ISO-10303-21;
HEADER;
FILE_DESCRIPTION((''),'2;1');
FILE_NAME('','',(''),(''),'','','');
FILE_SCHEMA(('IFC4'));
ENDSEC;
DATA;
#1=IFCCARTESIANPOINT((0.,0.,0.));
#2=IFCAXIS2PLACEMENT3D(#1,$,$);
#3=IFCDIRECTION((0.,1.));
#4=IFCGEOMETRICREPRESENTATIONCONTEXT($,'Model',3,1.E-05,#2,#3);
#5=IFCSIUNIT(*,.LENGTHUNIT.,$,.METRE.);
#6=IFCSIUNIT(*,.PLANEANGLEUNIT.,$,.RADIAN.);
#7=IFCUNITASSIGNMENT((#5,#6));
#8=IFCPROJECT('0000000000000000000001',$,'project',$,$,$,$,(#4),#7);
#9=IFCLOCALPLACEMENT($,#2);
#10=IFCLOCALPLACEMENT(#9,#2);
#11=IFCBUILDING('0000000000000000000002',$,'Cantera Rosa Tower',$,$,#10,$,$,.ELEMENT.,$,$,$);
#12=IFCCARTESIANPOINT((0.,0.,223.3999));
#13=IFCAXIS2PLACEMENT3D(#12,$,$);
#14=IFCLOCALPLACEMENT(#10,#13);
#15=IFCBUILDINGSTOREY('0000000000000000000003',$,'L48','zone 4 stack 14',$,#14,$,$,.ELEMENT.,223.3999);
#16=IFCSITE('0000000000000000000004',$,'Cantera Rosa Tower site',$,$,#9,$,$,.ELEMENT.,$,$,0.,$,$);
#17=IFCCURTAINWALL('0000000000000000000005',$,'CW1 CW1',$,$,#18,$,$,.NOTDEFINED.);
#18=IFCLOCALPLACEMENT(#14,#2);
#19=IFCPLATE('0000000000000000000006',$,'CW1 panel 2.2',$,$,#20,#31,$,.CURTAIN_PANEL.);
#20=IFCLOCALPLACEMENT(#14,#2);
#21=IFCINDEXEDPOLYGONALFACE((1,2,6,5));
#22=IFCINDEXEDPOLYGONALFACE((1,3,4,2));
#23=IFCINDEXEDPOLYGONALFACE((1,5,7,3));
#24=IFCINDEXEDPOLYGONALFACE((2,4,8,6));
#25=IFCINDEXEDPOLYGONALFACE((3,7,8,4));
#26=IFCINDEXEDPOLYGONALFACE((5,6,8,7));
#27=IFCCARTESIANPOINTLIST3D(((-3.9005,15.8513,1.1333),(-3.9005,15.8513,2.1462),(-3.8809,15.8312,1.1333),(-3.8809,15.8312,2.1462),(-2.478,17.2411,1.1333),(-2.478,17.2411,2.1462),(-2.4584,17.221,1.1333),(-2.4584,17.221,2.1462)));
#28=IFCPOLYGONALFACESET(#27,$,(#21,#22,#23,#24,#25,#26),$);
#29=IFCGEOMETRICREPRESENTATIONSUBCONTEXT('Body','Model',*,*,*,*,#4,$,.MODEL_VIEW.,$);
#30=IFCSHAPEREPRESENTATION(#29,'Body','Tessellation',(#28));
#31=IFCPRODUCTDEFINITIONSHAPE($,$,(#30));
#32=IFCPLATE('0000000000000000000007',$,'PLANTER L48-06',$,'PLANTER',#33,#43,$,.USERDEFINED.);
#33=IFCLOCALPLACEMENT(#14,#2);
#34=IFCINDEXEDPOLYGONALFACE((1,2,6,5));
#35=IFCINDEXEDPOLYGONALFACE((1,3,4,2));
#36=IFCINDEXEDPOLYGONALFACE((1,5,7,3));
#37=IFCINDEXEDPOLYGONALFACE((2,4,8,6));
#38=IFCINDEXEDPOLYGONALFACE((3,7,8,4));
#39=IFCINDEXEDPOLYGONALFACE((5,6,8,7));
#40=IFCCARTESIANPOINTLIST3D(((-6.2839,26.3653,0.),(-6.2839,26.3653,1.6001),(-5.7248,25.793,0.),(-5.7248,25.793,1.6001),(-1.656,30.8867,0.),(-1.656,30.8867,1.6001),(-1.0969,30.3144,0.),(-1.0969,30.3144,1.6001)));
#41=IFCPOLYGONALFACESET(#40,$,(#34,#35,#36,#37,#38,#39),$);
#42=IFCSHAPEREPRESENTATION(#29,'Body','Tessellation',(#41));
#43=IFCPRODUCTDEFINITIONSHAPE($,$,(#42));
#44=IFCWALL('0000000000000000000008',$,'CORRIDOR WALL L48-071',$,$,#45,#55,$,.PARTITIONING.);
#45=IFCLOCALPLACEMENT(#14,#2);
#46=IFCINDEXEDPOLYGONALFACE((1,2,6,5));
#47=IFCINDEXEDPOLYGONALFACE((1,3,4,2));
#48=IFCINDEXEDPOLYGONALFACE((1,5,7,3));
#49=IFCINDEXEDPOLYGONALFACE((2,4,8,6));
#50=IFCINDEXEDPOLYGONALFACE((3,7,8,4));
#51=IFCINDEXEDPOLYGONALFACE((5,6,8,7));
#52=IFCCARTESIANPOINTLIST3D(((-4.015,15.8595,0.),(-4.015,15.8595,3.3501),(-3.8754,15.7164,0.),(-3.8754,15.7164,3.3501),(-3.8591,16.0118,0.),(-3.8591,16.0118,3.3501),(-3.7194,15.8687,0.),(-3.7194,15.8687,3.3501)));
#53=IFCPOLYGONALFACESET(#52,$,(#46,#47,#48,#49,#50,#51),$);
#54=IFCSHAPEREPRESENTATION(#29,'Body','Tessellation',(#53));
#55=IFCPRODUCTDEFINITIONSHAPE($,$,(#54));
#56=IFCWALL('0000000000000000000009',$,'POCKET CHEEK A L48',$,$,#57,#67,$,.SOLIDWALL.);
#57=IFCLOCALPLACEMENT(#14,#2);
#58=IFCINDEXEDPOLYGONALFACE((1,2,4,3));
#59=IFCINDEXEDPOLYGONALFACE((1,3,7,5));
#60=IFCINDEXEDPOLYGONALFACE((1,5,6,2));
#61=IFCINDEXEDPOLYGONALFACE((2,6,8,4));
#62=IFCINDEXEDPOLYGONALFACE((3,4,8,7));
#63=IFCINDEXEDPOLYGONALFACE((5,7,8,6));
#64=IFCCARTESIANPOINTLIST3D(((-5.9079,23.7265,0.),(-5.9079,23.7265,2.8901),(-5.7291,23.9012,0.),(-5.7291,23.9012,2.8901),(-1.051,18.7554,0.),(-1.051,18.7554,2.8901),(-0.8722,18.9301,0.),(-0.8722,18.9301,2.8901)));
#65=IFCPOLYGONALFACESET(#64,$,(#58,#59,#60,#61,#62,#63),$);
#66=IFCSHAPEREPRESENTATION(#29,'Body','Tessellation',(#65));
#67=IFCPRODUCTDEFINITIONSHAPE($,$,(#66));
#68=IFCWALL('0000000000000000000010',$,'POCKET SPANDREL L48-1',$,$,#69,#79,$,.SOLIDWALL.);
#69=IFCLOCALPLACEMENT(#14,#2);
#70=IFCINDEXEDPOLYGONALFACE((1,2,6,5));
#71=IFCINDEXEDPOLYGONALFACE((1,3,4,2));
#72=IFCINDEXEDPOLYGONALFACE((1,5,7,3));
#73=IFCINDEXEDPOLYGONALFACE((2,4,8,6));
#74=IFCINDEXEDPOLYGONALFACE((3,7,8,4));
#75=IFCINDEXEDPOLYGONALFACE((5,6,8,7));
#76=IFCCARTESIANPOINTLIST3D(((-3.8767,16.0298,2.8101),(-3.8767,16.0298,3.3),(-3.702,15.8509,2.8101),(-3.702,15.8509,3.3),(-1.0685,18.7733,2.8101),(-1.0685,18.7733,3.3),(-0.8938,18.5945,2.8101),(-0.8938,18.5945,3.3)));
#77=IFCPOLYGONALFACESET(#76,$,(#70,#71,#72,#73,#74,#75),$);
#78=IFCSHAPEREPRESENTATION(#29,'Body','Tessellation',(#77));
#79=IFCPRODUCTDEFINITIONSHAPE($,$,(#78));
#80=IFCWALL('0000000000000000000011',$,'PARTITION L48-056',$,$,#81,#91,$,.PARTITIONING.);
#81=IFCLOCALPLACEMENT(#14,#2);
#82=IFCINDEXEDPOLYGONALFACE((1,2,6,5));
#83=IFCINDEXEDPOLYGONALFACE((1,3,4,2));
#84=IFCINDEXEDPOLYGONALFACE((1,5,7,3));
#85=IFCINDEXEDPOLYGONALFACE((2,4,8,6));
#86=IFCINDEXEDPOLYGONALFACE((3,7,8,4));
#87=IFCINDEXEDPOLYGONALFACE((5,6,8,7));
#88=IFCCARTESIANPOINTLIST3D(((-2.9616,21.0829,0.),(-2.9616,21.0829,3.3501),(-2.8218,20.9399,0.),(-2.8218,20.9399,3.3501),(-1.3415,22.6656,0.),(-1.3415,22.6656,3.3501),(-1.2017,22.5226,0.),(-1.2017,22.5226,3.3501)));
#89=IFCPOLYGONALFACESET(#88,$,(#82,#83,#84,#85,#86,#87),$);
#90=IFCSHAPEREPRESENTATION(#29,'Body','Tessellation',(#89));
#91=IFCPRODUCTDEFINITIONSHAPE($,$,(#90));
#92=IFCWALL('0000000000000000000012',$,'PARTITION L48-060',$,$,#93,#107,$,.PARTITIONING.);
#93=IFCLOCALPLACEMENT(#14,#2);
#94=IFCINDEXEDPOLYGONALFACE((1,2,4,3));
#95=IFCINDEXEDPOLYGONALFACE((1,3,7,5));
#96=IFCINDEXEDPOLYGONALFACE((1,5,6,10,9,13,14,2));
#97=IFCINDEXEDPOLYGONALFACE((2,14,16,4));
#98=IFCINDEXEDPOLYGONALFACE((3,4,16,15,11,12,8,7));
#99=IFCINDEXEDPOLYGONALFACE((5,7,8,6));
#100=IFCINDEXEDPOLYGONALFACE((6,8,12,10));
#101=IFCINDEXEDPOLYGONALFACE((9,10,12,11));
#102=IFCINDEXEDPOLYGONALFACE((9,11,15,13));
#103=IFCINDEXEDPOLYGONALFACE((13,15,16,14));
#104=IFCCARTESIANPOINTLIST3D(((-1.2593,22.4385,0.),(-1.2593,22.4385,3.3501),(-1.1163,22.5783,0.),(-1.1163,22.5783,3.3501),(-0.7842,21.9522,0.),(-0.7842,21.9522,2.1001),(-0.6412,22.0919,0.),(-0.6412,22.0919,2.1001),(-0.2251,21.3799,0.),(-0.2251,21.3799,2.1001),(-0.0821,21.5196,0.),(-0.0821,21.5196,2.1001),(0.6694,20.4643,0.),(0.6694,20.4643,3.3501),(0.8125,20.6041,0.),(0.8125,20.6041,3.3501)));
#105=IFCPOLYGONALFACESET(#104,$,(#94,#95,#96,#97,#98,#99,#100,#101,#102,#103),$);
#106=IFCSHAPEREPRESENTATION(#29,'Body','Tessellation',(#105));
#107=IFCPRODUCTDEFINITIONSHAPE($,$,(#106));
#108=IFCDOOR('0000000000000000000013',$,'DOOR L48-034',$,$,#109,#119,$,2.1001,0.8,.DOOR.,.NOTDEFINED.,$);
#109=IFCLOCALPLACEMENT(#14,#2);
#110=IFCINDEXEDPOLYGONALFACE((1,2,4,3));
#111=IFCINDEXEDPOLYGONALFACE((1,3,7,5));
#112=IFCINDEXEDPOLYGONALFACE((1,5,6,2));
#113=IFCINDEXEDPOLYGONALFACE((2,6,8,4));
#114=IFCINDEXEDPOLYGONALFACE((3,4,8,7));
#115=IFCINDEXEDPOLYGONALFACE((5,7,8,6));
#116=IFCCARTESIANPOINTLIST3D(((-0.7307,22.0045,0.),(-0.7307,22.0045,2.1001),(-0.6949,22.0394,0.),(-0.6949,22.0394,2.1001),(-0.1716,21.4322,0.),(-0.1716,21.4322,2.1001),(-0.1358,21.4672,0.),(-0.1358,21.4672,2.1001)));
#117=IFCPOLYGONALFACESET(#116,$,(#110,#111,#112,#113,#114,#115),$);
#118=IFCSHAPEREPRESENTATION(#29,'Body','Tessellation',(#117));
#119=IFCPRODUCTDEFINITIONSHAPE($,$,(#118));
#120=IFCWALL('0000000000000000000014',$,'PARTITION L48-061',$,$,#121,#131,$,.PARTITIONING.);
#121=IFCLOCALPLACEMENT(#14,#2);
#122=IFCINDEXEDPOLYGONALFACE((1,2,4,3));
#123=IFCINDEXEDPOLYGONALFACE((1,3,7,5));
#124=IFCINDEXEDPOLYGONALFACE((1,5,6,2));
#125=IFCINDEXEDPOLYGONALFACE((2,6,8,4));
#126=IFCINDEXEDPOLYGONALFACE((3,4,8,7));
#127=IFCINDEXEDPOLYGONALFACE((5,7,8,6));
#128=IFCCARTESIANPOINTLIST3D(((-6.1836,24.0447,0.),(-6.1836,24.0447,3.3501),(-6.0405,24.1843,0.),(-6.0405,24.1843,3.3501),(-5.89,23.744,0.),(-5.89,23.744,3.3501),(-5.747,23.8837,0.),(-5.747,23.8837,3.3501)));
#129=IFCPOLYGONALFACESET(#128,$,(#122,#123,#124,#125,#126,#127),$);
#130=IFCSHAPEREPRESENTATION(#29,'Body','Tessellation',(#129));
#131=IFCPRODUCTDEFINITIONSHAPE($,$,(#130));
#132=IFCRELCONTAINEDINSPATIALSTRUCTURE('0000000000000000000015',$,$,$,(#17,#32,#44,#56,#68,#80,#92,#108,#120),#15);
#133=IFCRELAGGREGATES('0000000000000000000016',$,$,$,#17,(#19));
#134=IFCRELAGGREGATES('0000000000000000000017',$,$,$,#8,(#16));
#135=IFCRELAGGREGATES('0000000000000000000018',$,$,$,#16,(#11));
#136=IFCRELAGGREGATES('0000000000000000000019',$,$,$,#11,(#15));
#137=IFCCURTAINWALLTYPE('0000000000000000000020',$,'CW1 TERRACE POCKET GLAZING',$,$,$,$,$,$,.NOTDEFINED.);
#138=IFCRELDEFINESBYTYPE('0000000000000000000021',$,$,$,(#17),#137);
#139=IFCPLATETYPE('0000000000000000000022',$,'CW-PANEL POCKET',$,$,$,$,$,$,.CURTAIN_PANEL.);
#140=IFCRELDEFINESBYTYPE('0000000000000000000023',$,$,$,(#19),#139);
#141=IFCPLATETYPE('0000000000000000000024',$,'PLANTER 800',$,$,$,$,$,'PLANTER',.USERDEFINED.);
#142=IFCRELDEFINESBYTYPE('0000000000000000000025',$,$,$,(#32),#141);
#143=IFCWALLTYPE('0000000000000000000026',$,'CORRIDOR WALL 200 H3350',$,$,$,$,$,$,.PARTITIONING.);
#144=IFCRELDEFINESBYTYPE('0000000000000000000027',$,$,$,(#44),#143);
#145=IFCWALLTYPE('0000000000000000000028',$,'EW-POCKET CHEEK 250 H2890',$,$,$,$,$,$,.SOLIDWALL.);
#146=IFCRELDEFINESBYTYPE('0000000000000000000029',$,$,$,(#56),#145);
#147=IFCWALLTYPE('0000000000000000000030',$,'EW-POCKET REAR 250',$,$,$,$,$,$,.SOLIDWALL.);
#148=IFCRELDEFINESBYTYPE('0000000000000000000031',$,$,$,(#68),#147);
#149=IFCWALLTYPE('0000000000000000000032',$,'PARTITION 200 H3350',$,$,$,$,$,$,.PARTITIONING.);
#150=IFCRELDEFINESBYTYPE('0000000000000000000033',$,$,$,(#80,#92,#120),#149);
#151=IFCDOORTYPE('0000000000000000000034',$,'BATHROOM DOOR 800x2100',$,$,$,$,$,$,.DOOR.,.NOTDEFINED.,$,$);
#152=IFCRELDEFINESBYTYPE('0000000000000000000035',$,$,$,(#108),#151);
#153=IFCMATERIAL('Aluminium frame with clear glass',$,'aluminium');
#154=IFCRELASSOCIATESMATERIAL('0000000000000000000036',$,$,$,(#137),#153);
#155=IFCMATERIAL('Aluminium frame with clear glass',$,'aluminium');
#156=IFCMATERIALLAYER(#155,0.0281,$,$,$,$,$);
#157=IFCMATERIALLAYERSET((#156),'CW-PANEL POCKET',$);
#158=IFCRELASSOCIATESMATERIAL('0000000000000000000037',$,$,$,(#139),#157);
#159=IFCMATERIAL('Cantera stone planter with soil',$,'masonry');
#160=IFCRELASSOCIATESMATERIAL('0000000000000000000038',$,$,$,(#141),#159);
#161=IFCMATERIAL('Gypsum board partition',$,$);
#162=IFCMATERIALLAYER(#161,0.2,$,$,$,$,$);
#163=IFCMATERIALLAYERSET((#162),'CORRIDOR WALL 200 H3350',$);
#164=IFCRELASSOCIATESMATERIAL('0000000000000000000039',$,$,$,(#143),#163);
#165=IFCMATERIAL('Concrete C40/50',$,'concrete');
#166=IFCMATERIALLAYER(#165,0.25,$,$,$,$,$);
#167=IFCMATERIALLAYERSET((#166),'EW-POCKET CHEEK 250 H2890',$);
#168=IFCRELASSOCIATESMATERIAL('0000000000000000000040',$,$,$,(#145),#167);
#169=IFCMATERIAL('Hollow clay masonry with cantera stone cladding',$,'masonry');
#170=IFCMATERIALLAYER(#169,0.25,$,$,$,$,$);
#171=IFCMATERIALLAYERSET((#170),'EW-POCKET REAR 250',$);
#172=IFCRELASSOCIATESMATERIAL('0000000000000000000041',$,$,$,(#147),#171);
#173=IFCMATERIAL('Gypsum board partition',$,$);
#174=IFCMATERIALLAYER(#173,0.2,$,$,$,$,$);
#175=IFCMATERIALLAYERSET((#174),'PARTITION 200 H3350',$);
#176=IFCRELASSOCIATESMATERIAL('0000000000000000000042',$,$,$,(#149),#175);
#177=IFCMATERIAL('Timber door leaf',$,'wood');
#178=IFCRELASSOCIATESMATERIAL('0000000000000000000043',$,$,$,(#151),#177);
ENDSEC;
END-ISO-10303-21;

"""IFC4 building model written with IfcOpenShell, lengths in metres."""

from ifc_helpers import new_model, si_unit, direction, frame, frame_2d, origin, origin_2d, place, context, subcontext, project, spatial, rectangle, extrude, material, layer, layer_set, type_object, element, fill, aggregate, save


model = new_model("IFC4")

# Units and contexts
model_context = context("Model", 3, precision=1e-05, world=origin(), true_north=direction((0.0, 1.0)))
body_context = subcontext(model_context, "Body", "Model", "MODEL_VIEW")
ifc_project = project(units=[si_unit("LENGTHUNIT", "METRE"), si_unit("PLANEANGLEUNIT", "RADIAN")], contexts=[model_context])

# Site, building, storey
site_placement = place(None, origin())
site = spatial("IfcSite", under=ifc_project, at=site_placement, Name="Cantera Rosa Tower site", CompositionType="ELEMENT", RefElevation=0.0)
building_placement = place(site_placement, origin())
building = spatial("IfcBuilding", under=site, at=building_placement, Name="Cantera Rosa Tower", CompositionType="ELEMENT")
storey_placement = place(building_placement, frame((0.0, 0.0, 223.3999)))
storey = spatial("IfcBuildingStorey", under=building, at=storey_placement, Name="L48", Description="zone 4 stack 14", CompositionType="ELEMENT", Elevation=223.3999)

# Curtain wall
ifc_material_1 = material(Name="Aluminium frame with clear glass", Category="aluminium")
curtain_wall_type = type_object("IfcCurtainWallType", Name="CW1 TERRACE POCKET GLAZING", PredefinedType="NOTDEFINED", material=ifc_material_1)
curtain_wall_placement = place(storey_placement, origin())
curtain_wall = element("IfcCurtainWall", 1, at=curtain_wall_placement, inside=storey, type_object=curtain_wall_type, Name="CW1 CW1", PredefinedType="NOTDEFINED")

# Plates
ifc_material_2 = material(Name="Aluminium frame with clear glass", Category="aluminium")
ifc_layer_1 = layer(ifc_material_2, 0.0281)
ifc_layer_set_1 = layer_set([ifc_layer_1], Name="CW-PANEL POCKET")
plate_type_1 = type_object("IfcPlateType", Name="CW-PANEL POCKET", PredefinedType="CURTAIN_PANEL", material=ifc_layer_set_1)
plate_1_placement = place(storey_placement, frame((-3.1794, 16.5361, 1.1333), z_axis=(0.0, 0.0, 1.0), x_axis=(-0.715286, -0.698832, 0.0)))
plate_1 = element("IfcPlate", 2, at=plate_1_placement, type_object=plate_type_1, Name="CW1 panel 2.2", PredefinedType="CURTAIN_PANEL", context=body_context, shape_type="SweptSolid", body=[
    extrude(rectangle(XDim=1.9888, YDim=0.0281, at=origin_2d()), origin(), (0.0, 0.0, 1.0), 1.0129),
])
aggregate(curtain_wall, [plate_1])
ifc_material_3 = material(Name="Cantera stone planter with soil", Category="masonry")
plate_type_2 = type_object("IfcPlateType", Name="PLANTER 800", ElementType="PLANTER", PredefinedType="USERDEFINED", material=ifc_material_3)
plate_2_placement = place(storey_placement, frame((-3.6904, 28.3398, 0.0), z_axis=(0.0, 0.0, 1.0), x_axis=(-0.715286, -0.698832, 0.0)))
element("IfcPlate", 3, at=plate_2_placement, inside=storey, type_object=plate_type_2, Name="PLANTER L48-06", ObjectType="PLANTER", PredefinedType="USERDEFINED", context=body_context, shape_type="SweptSolid", body=[
    extrude(rectangle(XDim=6.47, YDim=0.8, at=origin_2d()), origin(), (0.0, 0.0, 1.0), 1.6001),
])

# Walls
ifc_material_4 = material(Name="Gypsum board partition")
ifc_layer_2 = layer(ifc_material_4, 0.2)
ifc_layer_set_2 = layer_set([ifc_layer_2], Name="CORRIDOR WALL 200 H3350")
wall_type_1 = type_object("IfcWallType", Name="CORRIDOR WALL 200 H3350", PredefinedType="PARTITIONING", material=ifc_layer_set_2)
wall_1_placement = place(storey_placement, frame((-3.7893, 15.9402, 0.0), z_axis=(0.0, 0.0, 1.0), x_axis=(-0.715454, -0.69866, 0.0)))
element("IfcWall", 4, at=wall_1_placement, inside=storey, type_object=wall_type_1, Name="CORRIDOR WALL L48-071", PredefinedType="PARTITIONING", context=body_context, shape_type="SweptSolid", body=[
    extrude(rectangle(XDim=0.218, YDim=0.2, at=frame_2d((0.1089, 0.0))), origin(), (0.0, 0.0, 1.0), 3.3501),
])
ifc_material_5 = material(Name="Concrete C40/50", Category="concrete")
ifc_layer_3 = layer(ifc_material_5, 0.25)
ifc_layer_set_3 = layer_set([ifc_layer_3], Name="EW-POCKET CHEEK 250 H2890")
wall_type_2 = type_object("IfcWallType", Name="EW-POCKET CHEEK 250 H2890", PredefinedType="SOLIDWALL", material=ifc_layer_set_3)
wall_2_placement = place(storey_placement, frame((-5.8186, 23.814, 0.0), z_axis=(0.0, 0.0, 1.0), x_axis=(0.698839, -0.715279, 0.0)))
element("IfcWall", 5, at=wall_2_placement, inside=storey, type_object=wall_type_2, Name="POCKET CHEEK A L48", PredefinedType="SOLIDWALL", context=body_context, shape_type="SweptSolid", body=[
    extrude(rectangle(XDim=6.95, YDim=0.25, at=frame_2d((3.4751, 0.0))), origin(), (0.0, 0.0, 1.0), 2.8901),
])
ifc_material_6 = material(Name="Hollow clay masonry with cantera stone cladding", Category="masonry")
ifc_layer_4 = layer(ifc_material_6, 0.25)
ifc_layer_set_4 = layer_set([ifc_layer_4], Name="EW-POCKET REAR 250")
wall_type_3 = type_object("IfcWallType", Name="EW-POCKET REAR 250", PredefinedType="SOLIDWALL", material=ifc_layer_set_4)
wall_3_placement = place(storey_placement, frame((-0.9812, 18.6838, 2.8101), z_axis=(0.0, 0.0, 1.0), x_axis=(-0.715298, -0.698819, 0.0)))
element("IfcWall", 6, at=wall_3_placement, inside=storey, type_object=wall_type_3, Name="POCKET SPANDREL L48-1", PredefinedType="SOLIDWALL", context=body_context, shape_type="SweptSolid", body=[
    extrude(rectangle(XDim=3.926, YDim=0.25, at=frame_2d((1.9629, 0.0))), origin(), (0.0, 0.0, 1.0), 0.49),
])
ifc_material_7 = material(Name="Gypsum board partition")
ifc_layer_5 = layer(ifc_material_7, 0.2)
ifc_layer_set_5 = layer_set([ifc_layer_5], Name="PARTITION 200 H3350")
wall_type_4 = type_object("IfcWallType", Name="PARTITION 200 H3350", PredefinedType="PARTITIONING", material=ifc_layer_set_5)
wall_4_placement = place(storey_placement, frame((-2.8916, 21.0115, 0.0), z_axis=(0.0, 0.0, 1.0), x_axis=(0.715305, 0.698813, 0.0)))
element("IfcWall", 7, at=wall_4_placement, inside=storey, type_object=wall_type_4, Name="PARTITION L48-056", PredefinedType="PARTITIONING", context=body_context, shape_type="SweptSolid", body=[
    extrude(rectangle(XDim=2.2649, YDim=0.2, at=frame_2d((1.1323, 0.0))), origin(), (0.0, 0.0, 1.0), 3.3501),
])

# Wall, opening, door
wall_5_placement = place(storey_placement, frame((-1.1877, 22.5083, 0.0), z_axis=(0.0, 0.0, 1.0), x_axis=(0.698832, -0.715286, 0.0)))
wall_5 = element("IfcWall", 8, at=wall_5_placement, inside=storey, type_object=wall_type_4, Name="PARTITION L48-060", PredefinedType="PARTITIONING", context=body_context, shape_type="SweptSolid", body=[
    extrude(rectangle(XDim=2.76, YDim=0.2, at=frame_2d((1.3799, 0.0))), origin(), (0.0, 0.0, 1.0), 3.3501),
])
opening_placement = place(wall_5_placement, frame((0.6799, 0.0, 0.0)))
opening = element("IfcOpeningElement", 9, at=opening_placement, cuts=wall_5, PredefinedType="OPENING", context=body_context, shape_type="SweptSolid", body=[
    extrude(rectangle(XDim=0.8, YDim=2.1001, at=frame_2d((0.3999, 1.05))), frame((0.0, 0.1099, 0.0), z_axis=(0.0, -1.0, 0.0), x_axis=(1.0, 0.0, 0.0)), (0.0, 0.0, 1.0), 0.22),
])
ifc_material_8 = material(Name="Timber door leaf", Category="wood")
door_type = type_object("IfcDoorType", Name="BATHROOM DOOR 800x2100", OperationType="NOTDEFINED", PredefinedType="DOOR", material=ifc_material_8)
door_placement = place(opening_placement, origin())
door = element("IfcDoor", 10, at=door_placement, inside=storey, type_object=door_type, Name="DOOR L48-034", OperationType="NOTDEFINED", OverallHeight=2.1001, OverallWidth=0.8, PredefinedType="DOOR", context=body_context, shape_type="SweptSolid", body=[
    extrude(rectangle(XDim=0.8, YDim=2.1001, at=frame_2d((0.3999, 1.05))), frame((0.0, 0.0249, 0.0), z_axis=(0.0, -1.0, 0.0), x_axis=(1.0, 0.0, 0.0)), (0.0, 0.0, 1.0), 0.05),
])
fill(opening, door)

# Wall
wall_6_placement = place(storey_placement, frame((-5.8186, 23.814, 0.0), z_axis=(0.0, 0.0, 1.0), x_axis=(-0.698629, 0.715484, 0.0)))
element("IfcWall", 11, at=wall_6_placement, inside=storey, type_object=wall_type_4, Name="PARTITION L48-061", PredefinedType="PARTITIONING", context=body_context, shape_type="SweptSolid", body=[
    extrude(rectangle(XDim=0.4202, YDim=0.2, at=frame_2d((0.21, 0.0))), origin(), (0.0, 0.0, 1.0), 3.3501),
])

save(model, "model.ifc")
